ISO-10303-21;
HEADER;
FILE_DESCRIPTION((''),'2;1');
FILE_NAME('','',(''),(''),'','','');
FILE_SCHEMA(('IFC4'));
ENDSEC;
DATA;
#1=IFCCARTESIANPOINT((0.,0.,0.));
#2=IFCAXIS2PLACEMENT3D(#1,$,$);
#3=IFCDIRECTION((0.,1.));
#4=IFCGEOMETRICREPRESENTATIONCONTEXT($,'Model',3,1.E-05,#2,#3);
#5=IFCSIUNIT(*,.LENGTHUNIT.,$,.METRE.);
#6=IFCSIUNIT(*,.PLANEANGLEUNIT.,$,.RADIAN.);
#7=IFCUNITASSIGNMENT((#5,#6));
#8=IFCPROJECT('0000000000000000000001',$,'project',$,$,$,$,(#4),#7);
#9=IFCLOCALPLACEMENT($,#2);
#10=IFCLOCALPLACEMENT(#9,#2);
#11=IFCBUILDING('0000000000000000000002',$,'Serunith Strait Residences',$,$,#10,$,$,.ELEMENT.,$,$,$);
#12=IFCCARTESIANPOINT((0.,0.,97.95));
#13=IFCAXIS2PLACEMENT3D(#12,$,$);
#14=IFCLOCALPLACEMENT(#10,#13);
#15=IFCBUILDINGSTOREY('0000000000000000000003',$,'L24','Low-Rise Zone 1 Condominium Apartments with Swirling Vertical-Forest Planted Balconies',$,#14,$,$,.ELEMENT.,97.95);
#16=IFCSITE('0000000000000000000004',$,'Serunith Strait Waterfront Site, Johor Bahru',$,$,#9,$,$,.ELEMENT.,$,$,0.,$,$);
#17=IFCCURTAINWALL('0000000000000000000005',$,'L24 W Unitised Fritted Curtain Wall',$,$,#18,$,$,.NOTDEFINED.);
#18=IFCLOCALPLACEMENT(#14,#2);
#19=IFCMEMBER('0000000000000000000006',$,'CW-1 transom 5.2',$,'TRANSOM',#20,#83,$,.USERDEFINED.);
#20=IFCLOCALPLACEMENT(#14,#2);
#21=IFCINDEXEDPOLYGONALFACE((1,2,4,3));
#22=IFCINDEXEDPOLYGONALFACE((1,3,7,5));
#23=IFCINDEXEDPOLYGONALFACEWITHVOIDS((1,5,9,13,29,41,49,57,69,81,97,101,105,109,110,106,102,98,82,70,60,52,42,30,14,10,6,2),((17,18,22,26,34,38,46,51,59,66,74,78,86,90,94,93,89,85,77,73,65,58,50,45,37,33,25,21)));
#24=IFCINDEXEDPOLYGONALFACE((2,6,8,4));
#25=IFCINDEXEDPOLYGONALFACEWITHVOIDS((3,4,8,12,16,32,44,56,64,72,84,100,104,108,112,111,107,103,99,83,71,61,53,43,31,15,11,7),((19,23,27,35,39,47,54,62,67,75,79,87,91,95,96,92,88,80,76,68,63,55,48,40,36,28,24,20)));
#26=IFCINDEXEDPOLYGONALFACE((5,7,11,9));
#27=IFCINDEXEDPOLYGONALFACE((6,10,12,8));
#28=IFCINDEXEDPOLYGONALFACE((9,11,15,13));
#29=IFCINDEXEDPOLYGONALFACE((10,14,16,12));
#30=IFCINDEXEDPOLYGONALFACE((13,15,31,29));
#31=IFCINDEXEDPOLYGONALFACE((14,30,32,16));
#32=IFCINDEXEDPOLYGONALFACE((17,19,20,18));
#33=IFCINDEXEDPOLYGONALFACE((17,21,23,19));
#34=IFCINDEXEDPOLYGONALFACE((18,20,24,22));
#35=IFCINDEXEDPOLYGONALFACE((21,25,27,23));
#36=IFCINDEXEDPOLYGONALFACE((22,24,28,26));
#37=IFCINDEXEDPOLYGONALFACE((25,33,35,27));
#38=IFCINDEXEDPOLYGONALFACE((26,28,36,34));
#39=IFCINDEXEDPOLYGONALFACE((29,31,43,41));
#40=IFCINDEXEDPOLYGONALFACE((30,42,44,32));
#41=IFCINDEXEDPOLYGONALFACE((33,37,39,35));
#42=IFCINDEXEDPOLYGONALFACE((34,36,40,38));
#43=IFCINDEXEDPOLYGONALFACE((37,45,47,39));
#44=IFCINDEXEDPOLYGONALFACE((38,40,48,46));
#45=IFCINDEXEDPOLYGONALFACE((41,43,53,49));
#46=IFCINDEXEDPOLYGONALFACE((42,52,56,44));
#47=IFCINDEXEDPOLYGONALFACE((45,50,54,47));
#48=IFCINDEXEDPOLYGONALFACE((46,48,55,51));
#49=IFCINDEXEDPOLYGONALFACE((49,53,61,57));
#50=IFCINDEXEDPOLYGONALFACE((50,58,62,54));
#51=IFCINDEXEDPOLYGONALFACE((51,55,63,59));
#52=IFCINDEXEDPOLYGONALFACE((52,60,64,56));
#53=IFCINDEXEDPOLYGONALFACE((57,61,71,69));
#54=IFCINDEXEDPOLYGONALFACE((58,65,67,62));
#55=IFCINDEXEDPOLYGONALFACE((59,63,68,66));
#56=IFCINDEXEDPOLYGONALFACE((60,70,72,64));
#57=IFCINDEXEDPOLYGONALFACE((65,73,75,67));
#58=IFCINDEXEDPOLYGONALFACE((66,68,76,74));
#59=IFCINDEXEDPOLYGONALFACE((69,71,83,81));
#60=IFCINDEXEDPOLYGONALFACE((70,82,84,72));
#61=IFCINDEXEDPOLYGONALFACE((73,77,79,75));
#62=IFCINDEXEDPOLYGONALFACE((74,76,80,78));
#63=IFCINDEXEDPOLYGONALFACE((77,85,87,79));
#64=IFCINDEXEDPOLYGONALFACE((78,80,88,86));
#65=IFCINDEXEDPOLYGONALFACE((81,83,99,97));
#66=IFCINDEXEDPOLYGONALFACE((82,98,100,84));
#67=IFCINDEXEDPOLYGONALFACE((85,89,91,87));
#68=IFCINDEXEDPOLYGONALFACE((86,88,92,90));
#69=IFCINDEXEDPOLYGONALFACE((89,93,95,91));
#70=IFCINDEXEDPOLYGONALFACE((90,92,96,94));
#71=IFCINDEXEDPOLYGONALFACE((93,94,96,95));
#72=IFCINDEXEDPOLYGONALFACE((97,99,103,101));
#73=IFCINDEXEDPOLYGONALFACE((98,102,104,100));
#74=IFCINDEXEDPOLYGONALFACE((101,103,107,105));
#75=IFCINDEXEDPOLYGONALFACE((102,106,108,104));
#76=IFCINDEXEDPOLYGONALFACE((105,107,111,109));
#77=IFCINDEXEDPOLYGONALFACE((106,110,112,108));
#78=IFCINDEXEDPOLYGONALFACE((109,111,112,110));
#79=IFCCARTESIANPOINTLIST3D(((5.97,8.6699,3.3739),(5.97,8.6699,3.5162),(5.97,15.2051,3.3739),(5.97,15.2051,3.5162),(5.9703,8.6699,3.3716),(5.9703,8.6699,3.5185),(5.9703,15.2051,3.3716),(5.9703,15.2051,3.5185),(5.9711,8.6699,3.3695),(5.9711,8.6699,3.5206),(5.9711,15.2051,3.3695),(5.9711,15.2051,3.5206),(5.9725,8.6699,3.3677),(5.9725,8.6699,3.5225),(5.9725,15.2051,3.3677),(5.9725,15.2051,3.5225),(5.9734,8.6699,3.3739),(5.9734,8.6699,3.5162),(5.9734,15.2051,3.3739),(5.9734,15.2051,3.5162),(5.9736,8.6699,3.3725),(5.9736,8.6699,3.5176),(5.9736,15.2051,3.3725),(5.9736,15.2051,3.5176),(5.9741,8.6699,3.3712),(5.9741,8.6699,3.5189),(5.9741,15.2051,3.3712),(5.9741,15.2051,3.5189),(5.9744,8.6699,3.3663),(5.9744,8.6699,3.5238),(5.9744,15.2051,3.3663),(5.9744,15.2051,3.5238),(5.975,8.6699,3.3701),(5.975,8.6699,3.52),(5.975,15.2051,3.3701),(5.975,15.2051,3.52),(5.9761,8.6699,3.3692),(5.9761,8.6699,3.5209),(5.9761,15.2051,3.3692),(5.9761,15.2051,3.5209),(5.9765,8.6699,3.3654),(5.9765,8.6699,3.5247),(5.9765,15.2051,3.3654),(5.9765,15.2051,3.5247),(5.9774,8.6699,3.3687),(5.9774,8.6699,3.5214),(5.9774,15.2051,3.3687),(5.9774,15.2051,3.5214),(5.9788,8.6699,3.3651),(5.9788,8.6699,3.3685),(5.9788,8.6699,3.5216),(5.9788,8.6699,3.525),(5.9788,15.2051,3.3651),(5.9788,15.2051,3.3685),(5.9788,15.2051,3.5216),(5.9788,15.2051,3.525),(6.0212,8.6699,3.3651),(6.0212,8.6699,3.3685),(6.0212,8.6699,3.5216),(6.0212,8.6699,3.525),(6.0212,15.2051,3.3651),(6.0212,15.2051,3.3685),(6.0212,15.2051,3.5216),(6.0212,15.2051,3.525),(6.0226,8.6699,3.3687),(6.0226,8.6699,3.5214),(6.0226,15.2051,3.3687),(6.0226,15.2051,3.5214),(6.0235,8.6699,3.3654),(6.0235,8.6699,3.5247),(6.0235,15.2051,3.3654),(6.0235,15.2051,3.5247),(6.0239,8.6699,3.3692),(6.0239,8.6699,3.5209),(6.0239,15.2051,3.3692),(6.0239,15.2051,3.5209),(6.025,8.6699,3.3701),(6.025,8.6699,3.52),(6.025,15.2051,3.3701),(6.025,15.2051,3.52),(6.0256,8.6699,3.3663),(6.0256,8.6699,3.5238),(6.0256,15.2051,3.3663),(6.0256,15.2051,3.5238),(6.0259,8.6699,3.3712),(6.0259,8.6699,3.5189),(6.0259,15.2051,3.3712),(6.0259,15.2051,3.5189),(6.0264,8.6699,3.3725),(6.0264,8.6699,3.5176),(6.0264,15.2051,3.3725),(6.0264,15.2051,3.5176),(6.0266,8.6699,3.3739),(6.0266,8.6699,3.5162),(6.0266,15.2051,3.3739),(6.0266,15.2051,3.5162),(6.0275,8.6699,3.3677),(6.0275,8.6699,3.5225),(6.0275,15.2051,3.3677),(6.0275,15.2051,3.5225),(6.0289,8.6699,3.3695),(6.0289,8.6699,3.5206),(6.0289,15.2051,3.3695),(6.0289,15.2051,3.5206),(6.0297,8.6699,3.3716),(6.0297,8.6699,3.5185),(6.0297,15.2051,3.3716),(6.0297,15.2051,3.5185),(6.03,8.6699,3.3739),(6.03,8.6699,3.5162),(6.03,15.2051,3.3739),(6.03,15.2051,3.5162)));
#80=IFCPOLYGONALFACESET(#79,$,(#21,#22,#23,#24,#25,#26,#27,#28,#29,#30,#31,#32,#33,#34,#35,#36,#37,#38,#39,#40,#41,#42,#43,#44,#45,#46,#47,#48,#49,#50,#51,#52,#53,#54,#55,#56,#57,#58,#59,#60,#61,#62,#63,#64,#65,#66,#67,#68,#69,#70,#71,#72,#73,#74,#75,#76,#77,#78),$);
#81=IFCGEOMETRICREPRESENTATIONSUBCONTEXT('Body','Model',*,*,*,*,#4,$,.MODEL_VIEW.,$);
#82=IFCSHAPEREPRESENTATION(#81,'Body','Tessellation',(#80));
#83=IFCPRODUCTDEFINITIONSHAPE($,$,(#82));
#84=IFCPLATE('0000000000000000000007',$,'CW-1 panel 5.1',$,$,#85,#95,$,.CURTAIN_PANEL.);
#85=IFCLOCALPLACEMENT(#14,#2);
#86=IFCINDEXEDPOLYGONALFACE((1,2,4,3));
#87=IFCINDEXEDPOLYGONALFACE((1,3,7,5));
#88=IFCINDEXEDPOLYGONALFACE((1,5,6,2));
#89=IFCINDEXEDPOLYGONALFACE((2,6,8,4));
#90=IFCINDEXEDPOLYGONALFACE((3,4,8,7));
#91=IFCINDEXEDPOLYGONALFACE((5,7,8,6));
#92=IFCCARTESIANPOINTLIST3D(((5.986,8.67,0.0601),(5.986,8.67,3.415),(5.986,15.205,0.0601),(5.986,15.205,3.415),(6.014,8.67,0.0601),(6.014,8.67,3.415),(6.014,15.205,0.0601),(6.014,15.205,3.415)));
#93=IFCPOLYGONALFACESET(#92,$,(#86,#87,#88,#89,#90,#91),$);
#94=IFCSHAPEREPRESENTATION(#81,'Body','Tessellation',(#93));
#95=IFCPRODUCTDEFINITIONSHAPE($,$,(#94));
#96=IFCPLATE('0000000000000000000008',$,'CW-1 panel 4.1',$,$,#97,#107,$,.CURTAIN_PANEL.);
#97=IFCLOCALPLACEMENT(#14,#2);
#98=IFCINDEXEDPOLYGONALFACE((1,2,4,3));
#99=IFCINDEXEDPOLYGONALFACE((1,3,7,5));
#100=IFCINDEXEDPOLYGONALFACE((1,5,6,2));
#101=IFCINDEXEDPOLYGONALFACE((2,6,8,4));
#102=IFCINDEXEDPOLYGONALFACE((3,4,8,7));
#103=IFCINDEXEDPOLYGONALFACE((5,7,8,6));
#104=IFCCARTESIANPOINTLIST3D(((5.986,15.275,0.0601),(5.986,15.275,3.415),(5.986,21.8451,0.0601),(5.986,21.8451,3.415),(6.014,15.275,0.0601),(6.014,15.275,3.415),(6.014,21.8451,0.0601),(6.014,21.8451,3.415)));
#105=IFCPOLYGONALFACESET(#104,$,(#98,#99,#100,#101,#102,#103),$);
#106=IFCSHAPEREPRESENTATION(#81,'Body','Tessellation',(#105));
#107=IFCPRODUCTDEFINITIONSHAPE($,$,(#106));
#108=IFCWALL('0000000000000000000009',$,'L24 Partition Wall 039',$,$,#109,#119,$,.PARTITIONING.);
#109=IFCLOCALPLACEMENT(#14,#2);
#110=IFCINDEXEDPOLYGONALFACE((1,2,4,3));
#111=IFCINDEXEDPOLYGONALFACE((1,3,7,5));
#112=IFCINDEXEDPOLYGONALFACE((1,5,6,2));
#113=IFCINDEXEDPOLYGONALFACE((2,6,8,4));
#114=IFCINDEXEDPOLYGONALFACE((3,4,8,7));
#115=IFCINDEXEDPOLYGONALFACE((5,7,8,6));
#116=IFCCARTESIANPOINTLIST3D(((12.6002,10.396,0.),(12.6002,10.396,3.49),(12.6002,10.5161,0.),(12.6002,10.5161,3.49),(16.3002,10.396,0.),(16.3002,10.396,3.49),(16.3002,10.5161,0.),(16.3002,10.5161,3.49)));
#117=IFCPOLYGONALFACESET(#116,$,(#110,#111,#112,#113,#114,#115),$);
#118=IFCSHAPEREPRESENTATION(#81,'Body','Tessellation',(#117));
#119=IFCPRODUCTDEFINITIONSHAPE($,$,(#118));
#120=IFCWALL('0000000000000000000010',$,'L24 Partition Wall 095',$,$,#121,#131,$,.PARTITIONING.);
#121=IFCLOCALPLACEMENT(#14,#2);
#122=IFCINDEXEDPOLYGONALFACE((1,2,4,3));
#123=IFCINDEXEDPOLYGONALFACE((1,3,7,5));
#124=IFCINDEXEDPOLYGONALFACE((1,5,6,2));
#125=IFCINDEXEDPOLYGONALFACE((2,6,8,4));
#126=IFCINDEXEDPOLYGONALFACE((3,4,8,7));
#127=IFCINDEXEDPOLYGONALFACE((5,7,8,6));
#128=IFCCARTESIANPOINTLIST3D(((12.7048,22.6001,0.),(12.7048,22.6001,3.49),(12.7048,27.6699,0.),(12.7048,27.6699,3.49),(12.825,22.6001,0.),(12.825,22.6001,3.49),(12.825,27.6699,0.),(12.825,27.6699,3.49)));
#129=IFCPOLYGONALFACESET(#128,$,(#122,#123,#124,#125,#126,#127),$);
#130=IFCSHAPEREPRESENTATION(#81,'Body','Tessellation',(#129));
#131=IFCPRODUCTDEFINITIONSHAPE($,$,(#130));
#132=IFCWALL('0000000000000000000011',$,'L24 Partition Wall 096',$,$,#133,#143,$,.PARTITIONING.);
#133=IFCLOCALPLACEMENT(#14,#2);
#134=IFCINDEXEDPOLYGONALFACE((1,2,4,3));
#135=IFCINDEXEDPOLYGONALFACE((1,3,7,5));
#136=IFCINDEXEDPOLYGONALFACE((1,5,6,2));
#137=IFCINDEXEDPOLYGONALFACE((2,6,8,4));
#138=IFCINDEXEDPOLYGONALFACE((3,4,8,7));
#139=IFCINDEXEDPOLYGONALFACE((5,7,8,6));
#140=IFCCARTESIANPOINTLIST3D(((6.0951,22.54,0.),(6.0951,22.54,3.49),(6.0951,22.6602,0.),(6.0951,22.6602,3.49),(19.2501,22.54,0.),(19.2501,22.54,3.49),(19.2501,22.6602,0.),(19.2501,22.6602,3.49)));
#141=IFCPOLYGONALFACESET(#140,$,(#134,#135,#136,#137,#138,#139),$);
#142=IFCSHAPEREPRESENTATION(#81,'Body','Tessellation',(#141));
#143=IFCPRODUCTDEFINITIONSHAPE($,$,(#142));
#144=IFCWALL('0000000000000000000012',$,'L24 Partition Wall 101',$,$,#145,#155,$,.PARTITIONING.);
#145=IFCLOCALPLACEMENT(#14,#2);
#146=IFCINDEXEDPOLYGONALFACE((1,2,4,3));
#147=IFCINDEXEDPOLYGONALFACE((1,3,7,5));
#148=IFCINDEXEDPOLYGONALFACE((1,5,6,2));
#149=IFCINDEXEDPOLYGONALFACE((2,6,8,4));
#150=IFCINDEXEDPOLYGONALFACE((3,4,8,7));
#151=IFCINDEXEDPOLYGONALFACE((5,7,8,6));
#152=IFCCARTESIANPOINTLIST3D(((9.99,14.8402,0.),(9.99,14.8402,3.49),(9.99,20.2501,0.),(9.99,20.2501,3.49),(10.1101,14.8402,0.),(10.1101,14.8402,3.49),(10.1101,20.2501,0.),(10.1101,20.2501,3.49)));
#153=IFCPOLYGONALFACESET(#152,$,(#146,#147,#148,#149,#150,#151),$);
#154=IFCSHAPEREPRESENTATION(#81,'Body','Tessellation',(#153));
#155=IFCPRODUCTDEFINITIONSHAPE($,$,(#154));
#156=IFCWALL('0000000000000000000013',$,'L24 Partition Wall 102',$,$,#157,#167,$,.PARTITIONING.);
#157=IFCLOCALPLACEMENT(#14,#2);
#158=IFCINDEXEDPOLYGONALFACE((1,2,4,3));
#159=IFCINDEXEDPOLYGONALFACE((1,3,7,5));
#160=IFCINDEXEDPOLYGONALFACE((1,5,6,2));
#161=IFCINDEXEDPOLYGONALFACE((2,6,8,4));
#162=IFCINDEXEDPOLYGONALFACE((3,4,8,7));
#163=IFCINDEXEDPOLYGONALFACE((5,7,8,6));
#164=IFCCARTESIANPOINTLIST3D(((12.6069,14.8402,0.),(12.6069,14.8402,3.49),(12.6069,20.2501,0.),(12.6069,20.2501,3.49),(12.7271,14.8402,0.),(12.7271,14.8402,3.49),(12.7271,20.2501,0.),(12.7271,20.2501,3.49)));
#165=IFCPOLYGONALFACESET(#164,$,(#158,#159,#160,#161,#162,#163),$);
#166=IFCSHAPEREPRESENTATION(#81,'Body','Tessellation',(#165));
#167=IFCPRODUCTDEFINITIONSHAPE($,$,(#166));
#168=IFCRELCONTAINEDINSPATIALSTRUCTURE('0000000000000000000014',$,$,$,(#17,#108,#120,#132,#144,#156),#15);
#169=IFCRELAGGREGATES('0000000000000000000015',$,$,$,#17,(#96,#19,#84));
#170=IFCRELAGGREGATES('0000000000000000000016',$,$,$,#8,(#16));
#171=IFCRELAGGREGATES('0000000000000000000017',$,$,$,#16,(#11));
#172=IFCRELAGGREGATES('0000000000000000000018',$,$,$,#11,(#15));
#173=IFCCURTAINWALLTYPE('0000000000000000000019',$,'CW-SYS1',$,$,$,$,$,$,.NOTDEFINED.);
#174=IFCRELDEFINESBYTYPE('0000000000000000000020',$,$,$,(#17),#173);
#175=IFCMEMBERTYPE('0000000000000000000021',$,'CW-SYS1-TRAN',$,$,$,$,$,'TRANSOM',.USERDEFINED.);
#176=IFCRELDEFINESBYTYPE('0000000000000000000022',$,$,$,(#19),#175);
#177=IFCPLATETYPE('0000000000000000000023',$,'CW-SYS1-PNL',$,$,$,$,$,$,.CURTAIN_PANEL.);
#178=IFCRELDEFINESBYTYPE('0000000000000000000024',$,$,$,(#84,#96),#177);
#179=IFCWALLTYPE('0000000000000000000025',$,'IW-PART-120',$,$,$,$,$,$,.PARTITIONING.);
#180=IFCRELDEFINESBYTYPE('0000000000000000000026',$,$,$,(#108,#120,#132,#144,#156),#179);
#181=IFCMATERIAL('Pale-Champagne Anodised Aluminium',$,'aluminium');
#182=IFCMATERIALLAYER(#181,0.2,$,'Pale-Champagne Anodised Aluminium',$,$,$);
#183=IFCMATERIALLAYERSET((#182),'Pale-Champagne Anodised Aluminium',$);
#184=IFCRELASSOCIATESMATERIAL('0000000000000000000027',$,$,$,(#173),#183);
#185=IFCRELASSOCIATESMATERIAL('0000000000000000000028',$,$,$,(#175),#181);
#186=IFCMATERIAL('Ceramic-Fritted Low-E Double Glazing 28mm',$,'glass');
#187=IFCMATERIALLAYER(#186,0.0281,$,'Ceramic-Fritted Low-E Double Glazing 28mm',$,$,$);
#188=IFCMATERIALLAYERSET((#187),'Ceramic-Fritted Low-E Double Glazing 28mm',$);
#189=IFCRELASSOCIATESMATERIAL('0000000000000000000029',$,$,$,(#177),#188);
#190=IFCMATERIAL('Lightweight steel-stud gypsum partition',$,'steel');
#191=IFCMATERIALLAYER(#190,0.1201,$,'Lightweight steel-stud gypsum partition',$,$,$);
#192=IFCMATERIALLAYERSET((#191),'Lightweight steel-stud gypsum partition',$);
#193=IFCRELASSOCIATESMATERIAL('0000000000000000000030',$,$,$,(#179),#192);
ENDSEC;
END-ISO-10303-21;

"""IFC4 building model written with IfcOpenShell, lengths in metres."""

from ifc_helpers import new_model, si_unit, direction, frame, frame_2d, origin, origin_2d, place, context, subcontext, project, spatial, rectangle, hollow_rectangle, extrude, source, transform, mapped, material, layer, layer_set, material_profile, profile_set, type_object, element, aggregate, save


model = new_model("IFC4")

# Units and contexts
model_context = context("Model", 3, precision=1e-05, world=origin(), true_north=direction((0.0, 1.0)))
body_context = subcontext(model_context, "Body", "Model", "MODEL_VIEW")
ifc_project = project(units=[si_unit("LENGTHUNIT", "METRE"), si_unit("PLANEANGLEUNIT", "RADIAN")], contexts=[model_context])

# Site, building, storey
site_placement = place(None, origin())
site = spatial("IfcSite", under=ifc_project, at=site_placement, Name="Serunith Strait Waterfront Site, Johor Bahru", CompositionType="ELEMENT", RefElevation=0.0)
building_placement = place(site_placement, origin())
building = spatial("IfcBuilding", under=site, at=building_placement, Name="Serunith Strait Residences", CompositionType="ELEMENT")
storey_placement = place(building_placement, frame((0.0, 0.0, 97.95)))
storey = spatial("IfcBuildingStorey", under=building, at=storey_placement, Name="L24", Description="Low-Rise Zone 1 Condominium Apartments with Swirling Vertical-Forest Planted Balconies", CompositionType="ELEMENT", Elevation=97.95)

# Curtain wall, member, plates
ifc_material_1 = material(Name="Pale-Champagne Anodised Aluminium", Category="aluminium")
ifc_layer_1 = layer(ifc_material_1, 0.2, Name="Pale-Champagne Anodised Aluminium")
ifc_layer_set_1 = layer_set([ifc_layer_1], Name="Pale-Champagne Anodised Aluminium")
curtain_wall_type = type_object("IfcCurtainWallType", Name="CW-SYS1", PredefinedType="NOTDEFINED", material=ifc_layer_set_1)
curtain_wall_placement = place(storey_placement, origin())
curtain_wall = element("IfcCurtainWall", 1, at=curtain_wall_placement, inside=storey, type_object=curtain_wall_type, Name="L24 W Unitised Fritted Curtain Wall", PredefinedType="NOTDEFINED")
ifc_material_profile_1 = material_profile(ifc_material_1, hollow_rectangle(XDim=0.0601, YDim=0.1599, WallThickness=0.0034, InnerFilletRadius=0.0054, OuterFilletRadius=0.0088, at=origin_2d()), Name="ALU 160x60x3.5")
ifc_profile_set_1 = profile_set([ifc_material_profile_1], Name="Pale-Champagne Anodised Aluminium")
member_type_1 = type_object("IfcMemberType", Name="CW-SYS1-TRAN", ElementType="TRANSOM", PredefinedType="USERDEFINED", material=ifc_profile_set_1)
shared_shape_1 = source(origin(), body_context, "Body", "SweptSolid", [
    extrude(hollow_rectangle(XDim=0.0601, YDim=0.1599, WallThickness=0.0034, InnerFilletRadius=0.0054, OuterFilletRadius=0.0088, at=origin_2d()), origin(), (0.0, 0.0, 1.0), 6.5352),
])
member_1_placement = place(storey_placement, frame((6.0, 15.2051, 3.4451), z_axis=(0.0, -1.0, 0.0), x_axis=(1.0, 0.0, 0.0)))
member_1 = element("IfcMember", 2, at=member_1_placement, type_object=member_type_1, Name="CW-1 transom 5.2", ObjectType="TRANSOM", PredefinedType="USERDEFINED", context=body_context, shape_type="MappedRepresentation", body=[
    mapped(shared_shape_1, transform((0.0, 0.0, 0.0), scale=1.0)),
])
ifc_material_2 = material(Name="Ceramic-Fritted Low-E Double Glazing 28mm", Category="glass")
ifc_layer_2 = layer(ifc_material_2, 0.0281, Name="Ceramic-Fritted Low-E Double Glazing 28mm")
ifc_layer_set_2 = layer_set([ifc_layer_2], Name="Ceramic-Fritted Low-E Double Glazing 28mm")
plate_type = type_object("IfcPlateType", Name="CW-SYS1-PNL", PredefinedType="CURTAIN_PANEL", material=ifc_layer_set_2)
shared_shape_2 = source(origin(), body_context, "Body", "SweptSolid", [
    extrude(rectangle(XDim=6.5349, YDim=0.0281, at=origin_2d()), origin(), (0.0, 0.0, 1.0), 3.355),
])
plate_1_placement = place(storey_placement, frame((6.0, 11.9375, 0.0601), z_axis=(0.0, 0.0, 1.0), x_axis=(0.0, -1.0, 0.0)))
plate_1 = element("IfcPlate", 3, at=plate_1_placement, type_object=plate_type, Name="CW-1 panel 5.1", PredefinedType="CURTAIN_PANEL", context=body_context, shape_type="MappedRepresentation", body=[
    mapped(shared_shape_2, transform((0.0, 0.0, 0.0), scale=1.0)),
])
shared_shape_3 = source(origin(), body_context, "Body", "SweptSolid", [
    extrude(rectangle(XDim=6.5701, YDim=0.0281, at=origin_2d()), origin(), (0.0, 0.0, 1.0), 3.355),
])
plate_2_placement = place(storey_placement, frame((6.0, 18.5601, 0.0601), z_axis=(0.0, 0.0, 1.0), x_axis=(0.0, -1.0, 0.0)))
plate_2 = element("IfcPlate", 4, at=plate_2_placement, type_object=plate_type, Name="CW-1 panel 4.1", PredefinedType="CURTAIN_PANEL", context=body_context, shape_type="MappedRepresentation", body=[
    mapped(shared_shape_3, transform((0.0, 0.0, 0.0), scale=1.0)),
])
aggregate(curtain_wall, [plate_2, member_1, plate_1])

# Walls
ifc_material_3 = material(Name="Lightweight steel-stud gypsum partition", Category="steel")
ifc_layer_3 = layer(ifc_material_3, 0.1201, Name="Lightweight steel-stud gypsum partition")
ifc_layer_set_3 = layer_set([ifc_layer_3], Name="Lightweight steel-stud gypsum partition")
wall_type_1 = type_object("IfcWallType", Name="IW-PART-120", PredefinedType="PARTITIONING", material=ifc_layer_set_3)
wall_1_placement = place(storey_placement, frame((12.6001, 10.4561, 0.0), z_axis=(0.0, 0.0, 1.0), x_axis=(1.0, 0.0, 0.0)))
element("IfcWall", 5, at=wall_1_placement, inside=storey, type_object=wall_type_1, Name="L24 Partition Wall 039", PredefinedType="PARTITIONING", context=body_context, shape_type="SweptSolid", body=[
    extrude(rectangle(XDim=3.7, YDim=0.1201, at=frame_2d((1.8501, 0.0))), origin(), (0.0, 0.0, 1.0), 3.49),
])
wall_2_placement = place(storey_placement, frame((12.7649, 22.6001, 0.0), z_axis=(0.0, 0.0, 1.0), x_axis=(0.0, 1.0, 0.0)))
element("IfcWall", 6, at=wall_2_placement, inside=storey, type_object=wall_type_1, Name="L24 Partition Wall 095", PredefinedType="PARTITIONING", context=body_context, shape_type="SweptSolid", body=[
    extrude(rectangle(XDim=5.0698, YDim=0.1201, at=frame_2d((2.5349, 0.0))), origin(), (0.0, 0.0, 1.0), 3.49),
])
wall_3_placement = place(storey_placement, frame((6.095, 22.6001, 0.0), z_axis=(0.0, 0.0, 1.0), x_axis=(1.0, 0.0, 0.0)))
element("IfcWall", 7, at=wall_3_placement, inside=storey, type_object=wall_type_1, Name="L24 Partition Wall 096", PredefinedType="PARTITIONING", context=body_context, shape_type="SweptSolid", body=[
    extrude(rectangle(XDim=13.155, YDim=0.1201, at=frame_2d((6.5776, 0.0))), origin(), (0.0, 0.0, 1.0), 3.49),
])
for number, where, z_axis, x_axis, name in (
    (8, (10.05, 14.8401, 0.0), (0.0, 0.0, 1.0), (0.0, 1.0, 0.0), "L24 Partition Wall 101"),
    (9, (12.667, 14.8401, 0.0), (0.0, 0.0, 1.0), (0.0, 1.0, 0.0), "L24 Partition Wall 102"),
):
    element("IfcWall", number, at=place(storey_placement, frame(where, z_axis=z_axis, x_axis=x_axis)), inside=storey, type_object=wall_type_1, Name=name, PredefinedType="PARTITIONING", context=body_context, shape_type="SweptSolid", body=[
        extrude(rectangle(XDim=5.4099, YDim=0.1201, at=frame_2d((2.7051, 0.0))), origin(), (0.0, 0.0, 1.0), 3.49),
    ])

save(model, "model.ifc")
